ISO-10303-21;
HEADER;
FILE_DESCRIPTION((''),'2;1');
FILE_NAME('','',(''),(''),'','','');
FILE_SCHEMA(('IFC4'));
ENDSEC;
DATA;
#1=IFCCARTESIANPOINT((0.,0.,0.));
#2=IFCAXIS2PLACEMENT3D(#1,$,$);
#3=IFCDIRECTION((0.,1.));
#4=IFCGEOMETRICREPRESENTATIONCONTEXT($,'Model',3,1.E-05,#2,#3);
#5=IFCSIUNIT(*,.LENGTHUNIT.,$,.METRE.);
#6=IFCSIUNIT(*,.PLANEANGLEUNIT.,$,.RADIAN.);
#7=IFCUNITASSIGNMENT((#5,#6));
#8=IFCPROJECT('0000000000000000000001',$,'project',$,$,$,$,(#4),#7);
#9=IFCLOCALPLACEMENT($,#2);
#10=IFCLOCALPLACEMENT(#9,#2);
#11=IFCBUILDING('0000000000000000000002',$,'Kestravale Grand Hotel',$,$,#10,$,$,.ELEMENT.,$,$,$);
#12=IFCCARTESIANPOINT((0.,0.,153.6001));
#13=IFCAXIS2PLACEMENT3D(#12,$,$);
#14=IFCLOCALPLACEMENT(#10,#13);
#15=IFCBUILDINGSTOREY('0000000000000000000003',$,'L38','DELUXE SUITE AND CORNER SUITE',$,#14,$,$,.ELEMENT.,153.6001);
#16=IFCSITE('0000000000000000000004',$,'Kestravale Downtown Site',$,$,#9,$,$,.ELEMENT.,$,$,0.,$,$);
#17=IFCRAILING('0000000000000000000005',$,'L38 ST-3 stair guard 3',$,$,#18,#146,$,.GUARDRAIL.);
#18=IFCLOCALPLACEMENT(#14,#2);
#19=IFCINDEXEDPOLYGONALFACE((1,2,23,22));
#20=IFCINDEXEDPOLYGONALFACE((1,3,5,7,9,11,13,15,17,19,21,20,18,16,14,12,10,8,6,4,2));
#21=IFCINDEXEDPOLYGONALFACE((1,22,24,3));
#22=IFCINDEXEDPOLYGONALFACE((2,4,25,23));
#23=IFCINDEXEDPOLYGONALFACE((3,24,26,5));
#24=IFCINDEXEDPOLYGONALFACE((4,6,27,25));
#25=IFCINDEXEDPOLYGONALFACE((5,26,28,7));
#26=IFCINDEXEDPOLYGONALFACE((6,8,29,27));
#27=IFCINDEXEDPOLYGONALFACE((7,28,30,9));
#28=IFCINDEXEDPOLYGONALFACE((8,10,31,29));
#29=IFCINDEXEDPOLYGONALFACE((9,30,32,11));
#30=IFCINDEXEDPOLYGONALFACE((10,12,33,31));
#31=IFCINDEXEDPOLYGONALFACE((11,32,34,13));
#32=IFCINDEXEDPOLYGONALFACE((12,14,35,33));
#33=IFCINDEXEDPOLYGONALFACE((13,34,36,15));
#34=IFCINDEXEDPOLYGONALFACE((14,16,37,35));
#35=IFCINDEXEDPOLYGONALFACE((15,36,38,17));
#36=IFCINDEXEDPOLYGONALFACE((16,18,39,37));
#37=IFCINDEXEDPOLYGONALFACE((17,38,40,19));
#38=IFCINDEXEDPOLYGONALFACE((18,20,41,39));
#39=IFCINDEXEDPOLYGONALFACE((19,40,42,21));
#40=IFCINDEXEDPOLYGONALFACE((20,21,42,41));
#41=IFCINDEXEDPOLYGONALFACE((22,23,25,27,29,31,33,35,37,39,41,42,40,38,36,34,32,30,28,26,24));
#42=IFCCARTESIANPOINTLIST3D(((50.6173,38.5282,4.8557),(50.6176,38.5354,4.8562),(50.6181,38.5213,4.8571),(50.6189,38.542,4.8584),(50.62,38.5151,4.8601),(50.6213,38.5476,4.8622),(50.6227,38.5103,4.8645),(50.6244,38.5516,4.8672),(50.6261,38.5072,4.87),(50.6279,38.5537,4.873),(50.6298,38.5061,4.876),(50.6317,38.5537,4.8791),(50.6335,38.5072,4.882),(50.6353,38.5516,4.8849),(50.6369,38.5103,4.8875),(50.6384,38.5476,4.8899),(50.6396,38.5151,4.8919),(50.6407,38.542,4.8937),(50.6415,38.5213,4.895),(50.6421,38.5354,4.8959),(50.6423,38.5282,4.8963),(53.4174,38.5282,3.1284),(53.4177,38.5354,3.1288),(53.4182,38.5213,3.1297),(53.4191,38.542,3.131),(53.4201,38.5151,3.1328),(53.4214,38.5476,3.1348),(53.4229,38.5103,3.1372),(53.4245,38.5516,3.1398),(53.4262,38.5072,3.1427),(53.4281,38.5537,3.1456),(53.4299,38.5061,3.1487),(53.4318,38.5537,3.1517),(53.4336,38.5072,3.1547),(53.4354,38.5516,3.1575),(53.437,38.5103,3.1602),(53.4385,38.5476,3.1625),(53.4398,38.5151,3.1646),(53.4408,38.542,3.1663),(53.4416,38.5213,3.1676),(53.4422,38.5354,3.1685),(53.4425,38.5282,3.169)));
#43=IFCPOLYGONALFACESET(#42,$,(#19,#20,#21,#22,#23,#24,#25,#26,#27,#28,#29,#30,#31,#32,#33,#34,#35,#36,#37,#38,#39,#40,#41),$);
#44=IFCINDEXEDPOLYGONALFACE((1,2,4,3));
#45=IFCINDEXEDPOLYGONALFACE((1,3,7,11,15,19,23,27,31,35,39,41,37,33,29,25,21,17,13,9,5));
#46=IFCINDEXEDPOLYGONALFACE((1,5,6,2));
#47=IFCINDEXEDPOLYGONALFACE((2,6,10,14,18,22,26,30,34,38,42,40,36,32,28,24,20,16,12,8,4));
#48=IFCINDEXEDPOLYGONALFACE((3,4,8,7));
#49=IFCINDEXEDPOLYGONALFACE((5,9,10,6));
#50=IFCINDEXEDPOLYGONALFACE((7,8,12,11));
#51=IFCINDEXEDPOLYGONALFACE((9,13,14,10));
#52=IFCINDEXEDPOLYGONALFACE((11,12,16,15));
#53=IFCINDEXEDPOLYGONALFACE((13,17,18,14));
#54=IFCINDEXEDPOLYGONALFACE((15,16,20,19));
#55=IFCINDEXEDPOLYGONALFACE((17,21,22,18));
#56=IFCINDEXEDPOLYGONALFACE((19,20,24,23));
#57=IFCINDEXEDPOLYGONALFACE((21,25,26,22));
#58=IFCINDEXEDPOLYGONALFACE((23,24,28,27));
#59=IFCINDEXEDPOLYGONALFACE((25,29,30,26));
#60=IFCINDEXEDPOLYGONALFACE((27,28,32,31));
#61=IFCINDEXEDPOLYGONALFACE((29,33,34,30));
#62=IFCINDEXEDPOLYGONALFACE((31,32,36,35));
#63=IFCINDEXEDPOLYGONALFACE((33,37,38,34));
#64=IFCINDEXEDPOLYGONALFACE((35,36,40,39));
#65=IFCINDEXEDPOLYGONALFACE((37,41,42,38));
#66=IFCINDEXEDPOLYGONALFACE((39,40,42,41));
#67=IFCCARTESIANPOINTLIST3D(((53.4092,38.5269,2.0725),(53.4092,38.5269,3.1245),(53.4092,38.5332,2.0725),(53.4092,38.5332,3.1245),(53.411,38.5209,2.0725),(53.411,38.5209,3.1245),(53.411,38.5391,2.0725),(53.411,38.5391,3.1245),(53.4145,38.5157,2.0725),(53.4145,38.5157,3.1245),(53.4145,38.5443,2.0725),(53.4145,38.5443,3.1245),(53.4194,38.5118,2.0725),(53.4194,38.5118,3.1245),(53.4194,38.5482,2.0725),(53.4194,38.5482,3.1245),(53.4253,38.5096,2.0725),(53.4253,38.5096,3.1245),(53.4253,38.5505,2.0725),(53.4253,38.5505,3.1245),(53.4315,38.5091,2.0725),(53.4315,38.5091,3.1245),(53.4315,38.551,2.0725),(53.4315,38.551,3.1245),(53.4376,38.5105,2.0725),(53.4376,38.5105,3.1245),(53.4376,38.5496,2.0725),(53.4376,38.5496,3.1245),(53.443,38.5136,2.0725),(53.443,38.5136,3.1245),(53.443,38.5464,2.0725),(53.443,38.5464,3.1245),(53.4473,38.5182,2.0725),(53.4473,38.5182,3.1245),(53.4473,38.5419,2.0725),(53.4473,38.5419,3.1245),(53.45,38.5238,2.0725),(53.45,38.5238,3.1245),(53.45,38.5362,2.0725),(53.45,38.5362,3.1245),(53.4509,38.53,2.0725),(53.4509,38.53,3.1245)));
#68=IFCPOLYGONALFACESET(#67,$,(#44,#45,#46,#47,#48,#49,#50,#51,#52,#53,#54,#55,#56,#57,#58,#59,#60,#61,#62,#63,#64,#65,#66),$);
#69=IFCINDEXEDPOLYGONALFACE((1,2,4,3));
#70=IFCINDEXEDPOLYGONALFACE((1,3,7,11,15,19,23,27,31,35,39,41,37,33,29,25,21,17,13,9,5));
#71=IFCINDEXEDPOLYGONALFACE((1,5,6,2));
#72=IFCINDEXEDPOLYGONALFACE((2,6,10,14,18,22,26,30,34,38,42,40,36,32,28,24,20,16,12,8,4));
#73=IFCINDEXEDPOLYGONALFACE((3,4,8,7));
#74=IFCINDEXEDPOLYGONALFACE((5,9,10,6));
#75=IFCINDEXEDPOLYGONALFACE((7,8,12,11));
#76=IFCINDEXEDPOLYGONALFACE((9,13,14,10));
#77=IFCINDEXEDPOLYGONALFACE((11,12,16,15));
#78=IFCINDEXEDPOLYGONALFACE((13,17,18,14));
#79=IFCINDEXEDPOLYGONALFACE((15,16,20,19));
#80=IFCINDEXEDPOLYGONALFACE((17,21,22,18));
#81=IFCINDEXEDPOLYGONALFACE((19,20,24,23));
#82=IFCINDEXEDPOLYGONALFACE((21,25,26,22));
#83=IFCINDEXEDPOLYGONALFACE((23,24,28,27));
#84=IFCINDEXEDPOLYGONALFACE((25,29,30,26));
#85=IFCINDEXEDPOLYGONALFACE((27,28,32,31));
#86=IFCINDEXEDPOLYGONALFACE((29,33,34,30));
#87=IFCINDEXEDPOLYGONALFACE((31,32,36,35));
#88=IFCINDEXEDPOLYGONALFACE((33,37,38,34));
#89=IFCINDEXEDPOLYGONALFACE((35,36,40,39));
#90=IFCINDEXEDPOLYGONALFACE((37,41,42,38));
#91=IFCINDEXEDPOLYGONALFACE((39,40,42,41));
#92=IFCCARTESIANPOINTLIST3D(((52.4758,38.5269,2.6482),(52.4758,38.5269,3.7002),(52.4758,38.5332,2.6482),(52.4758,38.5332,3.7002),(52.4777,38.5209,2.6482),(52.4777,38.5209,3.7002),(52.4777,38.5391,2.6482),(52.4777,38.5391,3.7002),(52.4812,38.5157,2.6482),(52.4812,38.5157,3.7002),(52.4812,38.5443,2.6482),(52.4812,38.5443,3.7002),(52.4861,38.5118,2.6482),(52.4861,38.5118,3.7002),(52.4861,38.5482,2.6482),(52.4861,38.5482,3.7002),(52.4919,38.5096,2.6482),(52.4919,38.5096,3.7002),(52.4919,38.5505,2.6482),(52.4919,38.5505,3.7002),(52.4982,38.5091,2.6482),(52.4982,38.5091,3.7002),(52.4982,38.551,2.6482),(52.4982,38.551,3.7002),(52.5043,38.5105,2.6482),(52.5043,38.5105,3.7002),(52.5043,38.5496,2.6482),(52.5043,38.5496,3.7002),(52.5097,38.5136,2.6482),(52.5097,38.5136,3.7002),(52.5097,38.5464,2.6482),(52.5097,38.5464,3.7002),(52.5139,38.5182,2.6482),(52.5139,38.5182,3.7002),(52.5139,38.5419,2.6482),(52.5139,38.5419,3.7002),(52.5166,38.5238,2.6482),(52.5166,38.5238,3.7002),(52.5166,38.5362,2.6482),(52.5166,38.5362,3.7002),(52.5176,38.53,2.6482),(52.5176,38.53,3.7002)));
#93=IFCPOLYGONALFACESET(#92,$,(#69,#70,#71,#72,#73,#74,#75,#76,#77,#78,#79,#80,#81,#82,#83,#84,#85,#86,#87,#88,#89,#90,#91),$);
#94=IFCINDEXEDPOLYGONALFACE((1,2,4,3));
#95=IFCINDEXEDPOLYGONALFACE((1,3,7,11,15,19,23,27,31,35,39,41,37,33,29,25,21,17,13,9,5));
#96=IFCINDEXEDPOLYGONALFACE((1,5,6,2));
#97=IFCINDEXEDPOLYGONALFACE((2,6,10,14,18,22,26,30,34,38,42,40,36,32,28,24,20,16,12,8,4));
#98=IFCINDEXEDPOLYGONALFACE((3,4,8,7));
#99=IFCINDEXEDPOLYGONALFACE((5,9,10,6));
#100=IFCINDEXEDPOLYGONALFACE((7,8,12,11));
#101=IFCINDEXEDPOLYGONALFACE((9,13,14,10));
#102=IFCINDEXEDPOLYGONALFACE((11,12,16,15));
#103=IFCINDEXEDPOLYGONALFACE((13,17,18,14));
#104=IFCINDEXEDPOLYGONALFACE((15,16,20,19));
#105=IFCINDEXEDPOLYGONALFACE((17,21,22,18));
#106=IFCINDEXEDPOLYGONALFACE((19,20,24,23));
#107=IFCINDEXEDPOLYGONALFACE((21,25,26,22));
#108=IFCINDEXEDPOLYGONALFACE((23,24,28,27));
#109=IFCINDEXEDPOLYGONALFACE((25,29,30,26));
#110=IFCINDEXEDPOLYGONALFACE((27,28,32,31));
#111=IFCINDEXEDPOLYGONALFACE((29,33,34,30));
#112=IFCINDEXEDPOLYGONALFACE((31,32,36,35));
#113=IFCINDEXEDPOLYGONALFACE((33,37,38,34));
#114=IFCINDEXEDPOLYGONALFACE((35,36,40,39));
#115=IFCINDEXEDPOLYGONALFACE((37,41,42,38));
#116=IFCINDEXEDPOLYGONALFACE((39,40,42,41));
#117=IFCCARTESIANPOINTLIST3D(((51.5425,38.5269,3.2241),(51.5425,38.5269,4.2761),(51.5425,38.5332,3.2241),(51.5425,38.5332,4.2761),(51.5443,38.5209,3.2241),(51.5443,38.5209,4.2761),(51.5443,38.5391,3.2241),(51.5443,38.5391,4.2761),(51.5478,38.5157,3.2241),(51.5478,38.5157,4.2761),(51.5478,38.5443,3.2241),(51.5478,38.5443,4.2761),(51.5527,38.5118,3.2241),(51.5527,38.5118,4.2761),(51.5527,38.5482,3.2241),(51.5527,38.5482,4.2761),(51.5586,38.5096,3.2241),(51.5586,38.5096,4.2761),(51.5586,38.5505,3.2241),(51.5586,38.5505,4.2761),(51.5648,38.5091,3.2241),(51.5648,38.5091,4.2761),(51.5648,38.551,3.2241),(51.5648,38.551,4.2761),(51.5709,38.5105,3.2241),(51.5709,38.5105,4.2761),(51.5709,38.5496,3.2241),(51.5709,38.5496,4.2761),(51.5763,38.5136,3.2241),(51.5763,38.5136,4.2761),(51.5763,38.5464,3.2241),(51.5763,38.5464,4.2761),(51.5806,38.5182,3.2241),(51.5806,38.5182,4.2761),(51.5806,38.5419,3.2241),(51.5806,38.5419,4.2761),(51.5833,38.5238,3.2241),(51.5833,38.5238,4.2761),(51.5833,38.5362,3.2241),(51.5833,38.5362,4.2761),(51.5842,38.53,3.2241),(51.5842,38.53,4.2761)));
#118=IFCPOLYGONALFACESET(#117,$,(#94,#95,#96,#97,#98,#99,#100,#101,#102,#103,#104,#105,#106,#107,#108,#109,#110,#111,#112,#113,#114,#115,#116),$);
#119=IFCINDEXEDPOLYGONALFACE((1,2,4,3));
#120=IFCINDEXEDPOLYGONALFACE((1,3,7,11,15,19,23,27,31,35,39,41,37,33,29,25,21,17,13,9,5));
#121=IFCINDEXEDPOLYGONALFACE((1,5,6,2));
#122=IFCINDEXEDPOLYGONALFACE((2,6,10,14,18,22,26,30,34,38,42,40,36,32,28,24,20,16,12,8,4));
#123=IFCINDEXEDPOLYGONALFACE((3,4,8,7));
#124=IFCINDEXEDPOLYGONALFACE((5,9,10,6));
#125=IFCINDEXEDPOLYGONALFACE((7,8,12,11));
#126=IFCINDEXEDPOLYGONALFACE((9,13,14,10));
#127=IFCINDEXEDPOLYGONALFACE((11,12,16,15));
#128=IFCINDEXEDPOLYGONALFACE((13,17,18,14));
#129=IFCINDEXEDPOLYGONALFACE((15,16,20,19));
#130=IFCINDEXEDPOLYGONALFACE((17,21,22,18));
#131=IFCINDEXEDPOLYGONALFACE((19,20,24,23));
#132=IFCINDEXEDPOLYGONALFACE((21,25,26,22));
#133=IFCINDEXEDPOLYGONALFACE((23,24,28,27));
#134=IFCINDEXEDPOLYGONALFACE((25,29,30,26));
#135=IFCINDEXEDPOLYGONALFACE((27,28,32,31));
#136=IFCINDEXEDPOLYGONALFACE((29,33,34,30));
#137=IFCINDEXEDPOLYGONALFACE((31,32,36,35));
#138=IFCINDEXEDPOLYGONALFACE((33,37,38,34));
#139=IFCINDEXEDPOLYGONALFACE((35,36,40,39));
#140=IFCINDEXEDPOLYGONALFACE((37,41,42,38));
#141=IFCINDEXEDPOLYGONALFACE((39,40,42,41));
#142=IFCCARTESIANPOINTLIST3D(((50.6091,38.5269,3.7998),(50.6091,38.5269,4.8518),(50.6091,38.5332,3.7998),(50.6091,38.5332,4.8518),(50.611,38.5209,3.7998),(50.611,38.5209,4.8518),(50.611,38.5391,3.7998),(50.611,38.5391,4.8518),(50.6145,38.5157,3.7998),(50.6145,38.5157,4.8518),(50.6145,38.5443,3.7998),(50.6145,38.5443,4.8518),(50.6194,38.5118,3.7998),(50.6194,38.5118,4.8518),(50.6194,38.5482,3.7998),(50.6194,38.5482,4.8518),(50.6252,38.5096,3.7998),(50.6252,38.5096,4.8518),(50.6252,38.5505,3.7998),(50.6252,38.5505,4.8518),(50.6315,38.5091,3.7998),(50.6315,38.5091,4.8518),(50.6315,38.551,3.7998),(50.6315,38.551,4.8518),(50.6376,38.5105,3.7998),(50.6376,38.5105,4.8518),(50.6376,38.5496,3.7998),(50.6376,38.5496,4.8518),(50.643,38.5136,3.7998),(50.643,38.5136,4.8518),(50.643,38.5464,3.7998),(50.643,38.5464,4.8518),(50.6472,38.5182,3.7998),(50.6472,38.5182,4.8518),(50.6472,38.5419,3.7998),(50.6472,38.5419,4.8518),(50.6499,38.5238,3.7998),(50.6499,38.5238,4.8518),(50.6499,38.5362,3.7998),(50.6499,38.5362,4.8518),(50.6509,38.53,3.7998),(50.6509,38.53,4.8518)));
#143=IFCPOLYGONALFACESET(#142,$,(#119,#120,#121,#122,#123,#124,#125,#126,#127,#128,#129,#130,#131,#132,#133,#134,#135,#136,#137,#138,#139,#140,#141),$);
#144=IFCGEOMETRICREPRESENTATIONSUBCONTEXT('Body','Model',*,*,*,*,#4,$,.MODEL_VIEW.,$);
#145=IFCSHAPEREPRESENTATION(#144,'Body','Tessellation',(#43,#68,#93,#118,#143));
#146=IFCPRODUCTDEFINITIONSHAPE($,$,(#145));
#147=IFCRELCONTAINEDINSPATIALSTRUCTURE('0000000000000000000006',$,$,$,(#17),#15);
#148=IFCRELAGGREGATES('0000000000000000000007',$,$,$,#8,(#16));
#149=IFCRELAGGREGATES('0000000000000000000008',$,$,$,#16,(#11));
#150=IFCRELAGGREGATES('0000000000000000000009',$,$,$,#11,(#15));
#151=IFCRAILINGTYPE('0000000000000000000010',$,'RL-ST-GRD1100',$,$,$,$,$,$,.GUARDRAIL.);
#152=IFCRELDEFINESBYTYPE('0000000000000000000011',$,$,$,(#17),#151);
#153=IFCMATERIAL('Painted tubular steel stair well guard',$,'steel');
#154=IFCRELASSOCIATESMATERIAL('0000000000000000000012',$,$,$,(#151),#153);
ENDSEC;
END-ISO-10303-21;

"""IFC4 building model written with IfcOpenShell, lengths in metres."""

from ifc_helpers import new_model, si_unit, direction, frame, origin, origin_2d, place, context, subcontext, project, spatial, circle, extrude, material, type_object, element, save


model = new_model("IFC4")

# Units and contexts
model_context = context("Model", 3, precision=1e-05, world=origin(), true_north=direction((0.0, 1.0)))
body_context = subcontext(model_context, "Body", "Model", "MODEL_VIEW")
ifc_project = project(units=[si_unit("LENGTHUNIT", "METRE"), si_unit("PLANEANGLEUNIT", "RADIAN")], contexts=[model_context])

# Site, building, storey
site_placement = place(None, origin())
site = spatial("IfcSite", under=ifc_project, at=site_placement, Name="Kestravale Downtown Site", CompositionType="ELEMENT", RefElevation=0.0)
building_placement = place(site_placement, origin())
building = spatial("IfcBuilding", under=site, at=building_placement, Name="Kestravale Grand Hotel", CompositionType="ELEMENT")
storey_placement = place(building_placement, frame((0.0, 0.0, 153.6001)))
storey = spatial("IfcBuildingStorey", under=building, at=storey_placement, Name="L38", Description="DELUXE SUITE AND CORNER SUITE", CompositionType="ELEMENT", Elevation=153.6001)

# Railing
ifc_material_1 = material(Name="Painted tubular steel stair well guard", Category="steel")
railing_type_1 = type_object("IfcRailingType", Name="RL-ST-GRD1100", PredefinedType="GUARDRAIL", material=ifc_material_1)
railing_1_placement = place(storey_placement, frame((53.4299, 38.53, 2.0725)))
element("IfcRailing", 1, at=railing_1_placement, inside=storey, type_object=railing_type_1, Name="L38 ST-3 stair guard 3", PredefinedType="GUARDRAIL", context=body_context, shape_type="SweptSolid", body=[
    extrude(circle(Radius=0.0239, at=origin_2d()), frame((0.0, 0.0, 1.0762), z_axis=(-0.85109, 0.0, 0.52502), x_axis=(0.0, -1.0, 0.0)), (0.0, 0.0, 1.0), 3.29),
    extrude(circle(Radius=0.021, at=origin_2d()), origin(), (0.0, 0.0, 1.0), 1.052),
    extrude(circle(Radius=0.021, at=origin_2d()), frame((-0.9333, 0.0, 0.5757)), (0.0, 0.0, 1.0), 1.052),
    extrude(circle(Radius=0.021, at=origin_2d()), frame((-1.8667, 0.0, 1.1516)), (0.0, 0.0, 1.0), 1.052),
    extrude(circle(Radius=0.021, at=origin_2d()), frame((-2.8, 0.0, 1.7273)), (0.0, 0.0, 1.0), 1.052),
])

save(model, "model.ifc")
